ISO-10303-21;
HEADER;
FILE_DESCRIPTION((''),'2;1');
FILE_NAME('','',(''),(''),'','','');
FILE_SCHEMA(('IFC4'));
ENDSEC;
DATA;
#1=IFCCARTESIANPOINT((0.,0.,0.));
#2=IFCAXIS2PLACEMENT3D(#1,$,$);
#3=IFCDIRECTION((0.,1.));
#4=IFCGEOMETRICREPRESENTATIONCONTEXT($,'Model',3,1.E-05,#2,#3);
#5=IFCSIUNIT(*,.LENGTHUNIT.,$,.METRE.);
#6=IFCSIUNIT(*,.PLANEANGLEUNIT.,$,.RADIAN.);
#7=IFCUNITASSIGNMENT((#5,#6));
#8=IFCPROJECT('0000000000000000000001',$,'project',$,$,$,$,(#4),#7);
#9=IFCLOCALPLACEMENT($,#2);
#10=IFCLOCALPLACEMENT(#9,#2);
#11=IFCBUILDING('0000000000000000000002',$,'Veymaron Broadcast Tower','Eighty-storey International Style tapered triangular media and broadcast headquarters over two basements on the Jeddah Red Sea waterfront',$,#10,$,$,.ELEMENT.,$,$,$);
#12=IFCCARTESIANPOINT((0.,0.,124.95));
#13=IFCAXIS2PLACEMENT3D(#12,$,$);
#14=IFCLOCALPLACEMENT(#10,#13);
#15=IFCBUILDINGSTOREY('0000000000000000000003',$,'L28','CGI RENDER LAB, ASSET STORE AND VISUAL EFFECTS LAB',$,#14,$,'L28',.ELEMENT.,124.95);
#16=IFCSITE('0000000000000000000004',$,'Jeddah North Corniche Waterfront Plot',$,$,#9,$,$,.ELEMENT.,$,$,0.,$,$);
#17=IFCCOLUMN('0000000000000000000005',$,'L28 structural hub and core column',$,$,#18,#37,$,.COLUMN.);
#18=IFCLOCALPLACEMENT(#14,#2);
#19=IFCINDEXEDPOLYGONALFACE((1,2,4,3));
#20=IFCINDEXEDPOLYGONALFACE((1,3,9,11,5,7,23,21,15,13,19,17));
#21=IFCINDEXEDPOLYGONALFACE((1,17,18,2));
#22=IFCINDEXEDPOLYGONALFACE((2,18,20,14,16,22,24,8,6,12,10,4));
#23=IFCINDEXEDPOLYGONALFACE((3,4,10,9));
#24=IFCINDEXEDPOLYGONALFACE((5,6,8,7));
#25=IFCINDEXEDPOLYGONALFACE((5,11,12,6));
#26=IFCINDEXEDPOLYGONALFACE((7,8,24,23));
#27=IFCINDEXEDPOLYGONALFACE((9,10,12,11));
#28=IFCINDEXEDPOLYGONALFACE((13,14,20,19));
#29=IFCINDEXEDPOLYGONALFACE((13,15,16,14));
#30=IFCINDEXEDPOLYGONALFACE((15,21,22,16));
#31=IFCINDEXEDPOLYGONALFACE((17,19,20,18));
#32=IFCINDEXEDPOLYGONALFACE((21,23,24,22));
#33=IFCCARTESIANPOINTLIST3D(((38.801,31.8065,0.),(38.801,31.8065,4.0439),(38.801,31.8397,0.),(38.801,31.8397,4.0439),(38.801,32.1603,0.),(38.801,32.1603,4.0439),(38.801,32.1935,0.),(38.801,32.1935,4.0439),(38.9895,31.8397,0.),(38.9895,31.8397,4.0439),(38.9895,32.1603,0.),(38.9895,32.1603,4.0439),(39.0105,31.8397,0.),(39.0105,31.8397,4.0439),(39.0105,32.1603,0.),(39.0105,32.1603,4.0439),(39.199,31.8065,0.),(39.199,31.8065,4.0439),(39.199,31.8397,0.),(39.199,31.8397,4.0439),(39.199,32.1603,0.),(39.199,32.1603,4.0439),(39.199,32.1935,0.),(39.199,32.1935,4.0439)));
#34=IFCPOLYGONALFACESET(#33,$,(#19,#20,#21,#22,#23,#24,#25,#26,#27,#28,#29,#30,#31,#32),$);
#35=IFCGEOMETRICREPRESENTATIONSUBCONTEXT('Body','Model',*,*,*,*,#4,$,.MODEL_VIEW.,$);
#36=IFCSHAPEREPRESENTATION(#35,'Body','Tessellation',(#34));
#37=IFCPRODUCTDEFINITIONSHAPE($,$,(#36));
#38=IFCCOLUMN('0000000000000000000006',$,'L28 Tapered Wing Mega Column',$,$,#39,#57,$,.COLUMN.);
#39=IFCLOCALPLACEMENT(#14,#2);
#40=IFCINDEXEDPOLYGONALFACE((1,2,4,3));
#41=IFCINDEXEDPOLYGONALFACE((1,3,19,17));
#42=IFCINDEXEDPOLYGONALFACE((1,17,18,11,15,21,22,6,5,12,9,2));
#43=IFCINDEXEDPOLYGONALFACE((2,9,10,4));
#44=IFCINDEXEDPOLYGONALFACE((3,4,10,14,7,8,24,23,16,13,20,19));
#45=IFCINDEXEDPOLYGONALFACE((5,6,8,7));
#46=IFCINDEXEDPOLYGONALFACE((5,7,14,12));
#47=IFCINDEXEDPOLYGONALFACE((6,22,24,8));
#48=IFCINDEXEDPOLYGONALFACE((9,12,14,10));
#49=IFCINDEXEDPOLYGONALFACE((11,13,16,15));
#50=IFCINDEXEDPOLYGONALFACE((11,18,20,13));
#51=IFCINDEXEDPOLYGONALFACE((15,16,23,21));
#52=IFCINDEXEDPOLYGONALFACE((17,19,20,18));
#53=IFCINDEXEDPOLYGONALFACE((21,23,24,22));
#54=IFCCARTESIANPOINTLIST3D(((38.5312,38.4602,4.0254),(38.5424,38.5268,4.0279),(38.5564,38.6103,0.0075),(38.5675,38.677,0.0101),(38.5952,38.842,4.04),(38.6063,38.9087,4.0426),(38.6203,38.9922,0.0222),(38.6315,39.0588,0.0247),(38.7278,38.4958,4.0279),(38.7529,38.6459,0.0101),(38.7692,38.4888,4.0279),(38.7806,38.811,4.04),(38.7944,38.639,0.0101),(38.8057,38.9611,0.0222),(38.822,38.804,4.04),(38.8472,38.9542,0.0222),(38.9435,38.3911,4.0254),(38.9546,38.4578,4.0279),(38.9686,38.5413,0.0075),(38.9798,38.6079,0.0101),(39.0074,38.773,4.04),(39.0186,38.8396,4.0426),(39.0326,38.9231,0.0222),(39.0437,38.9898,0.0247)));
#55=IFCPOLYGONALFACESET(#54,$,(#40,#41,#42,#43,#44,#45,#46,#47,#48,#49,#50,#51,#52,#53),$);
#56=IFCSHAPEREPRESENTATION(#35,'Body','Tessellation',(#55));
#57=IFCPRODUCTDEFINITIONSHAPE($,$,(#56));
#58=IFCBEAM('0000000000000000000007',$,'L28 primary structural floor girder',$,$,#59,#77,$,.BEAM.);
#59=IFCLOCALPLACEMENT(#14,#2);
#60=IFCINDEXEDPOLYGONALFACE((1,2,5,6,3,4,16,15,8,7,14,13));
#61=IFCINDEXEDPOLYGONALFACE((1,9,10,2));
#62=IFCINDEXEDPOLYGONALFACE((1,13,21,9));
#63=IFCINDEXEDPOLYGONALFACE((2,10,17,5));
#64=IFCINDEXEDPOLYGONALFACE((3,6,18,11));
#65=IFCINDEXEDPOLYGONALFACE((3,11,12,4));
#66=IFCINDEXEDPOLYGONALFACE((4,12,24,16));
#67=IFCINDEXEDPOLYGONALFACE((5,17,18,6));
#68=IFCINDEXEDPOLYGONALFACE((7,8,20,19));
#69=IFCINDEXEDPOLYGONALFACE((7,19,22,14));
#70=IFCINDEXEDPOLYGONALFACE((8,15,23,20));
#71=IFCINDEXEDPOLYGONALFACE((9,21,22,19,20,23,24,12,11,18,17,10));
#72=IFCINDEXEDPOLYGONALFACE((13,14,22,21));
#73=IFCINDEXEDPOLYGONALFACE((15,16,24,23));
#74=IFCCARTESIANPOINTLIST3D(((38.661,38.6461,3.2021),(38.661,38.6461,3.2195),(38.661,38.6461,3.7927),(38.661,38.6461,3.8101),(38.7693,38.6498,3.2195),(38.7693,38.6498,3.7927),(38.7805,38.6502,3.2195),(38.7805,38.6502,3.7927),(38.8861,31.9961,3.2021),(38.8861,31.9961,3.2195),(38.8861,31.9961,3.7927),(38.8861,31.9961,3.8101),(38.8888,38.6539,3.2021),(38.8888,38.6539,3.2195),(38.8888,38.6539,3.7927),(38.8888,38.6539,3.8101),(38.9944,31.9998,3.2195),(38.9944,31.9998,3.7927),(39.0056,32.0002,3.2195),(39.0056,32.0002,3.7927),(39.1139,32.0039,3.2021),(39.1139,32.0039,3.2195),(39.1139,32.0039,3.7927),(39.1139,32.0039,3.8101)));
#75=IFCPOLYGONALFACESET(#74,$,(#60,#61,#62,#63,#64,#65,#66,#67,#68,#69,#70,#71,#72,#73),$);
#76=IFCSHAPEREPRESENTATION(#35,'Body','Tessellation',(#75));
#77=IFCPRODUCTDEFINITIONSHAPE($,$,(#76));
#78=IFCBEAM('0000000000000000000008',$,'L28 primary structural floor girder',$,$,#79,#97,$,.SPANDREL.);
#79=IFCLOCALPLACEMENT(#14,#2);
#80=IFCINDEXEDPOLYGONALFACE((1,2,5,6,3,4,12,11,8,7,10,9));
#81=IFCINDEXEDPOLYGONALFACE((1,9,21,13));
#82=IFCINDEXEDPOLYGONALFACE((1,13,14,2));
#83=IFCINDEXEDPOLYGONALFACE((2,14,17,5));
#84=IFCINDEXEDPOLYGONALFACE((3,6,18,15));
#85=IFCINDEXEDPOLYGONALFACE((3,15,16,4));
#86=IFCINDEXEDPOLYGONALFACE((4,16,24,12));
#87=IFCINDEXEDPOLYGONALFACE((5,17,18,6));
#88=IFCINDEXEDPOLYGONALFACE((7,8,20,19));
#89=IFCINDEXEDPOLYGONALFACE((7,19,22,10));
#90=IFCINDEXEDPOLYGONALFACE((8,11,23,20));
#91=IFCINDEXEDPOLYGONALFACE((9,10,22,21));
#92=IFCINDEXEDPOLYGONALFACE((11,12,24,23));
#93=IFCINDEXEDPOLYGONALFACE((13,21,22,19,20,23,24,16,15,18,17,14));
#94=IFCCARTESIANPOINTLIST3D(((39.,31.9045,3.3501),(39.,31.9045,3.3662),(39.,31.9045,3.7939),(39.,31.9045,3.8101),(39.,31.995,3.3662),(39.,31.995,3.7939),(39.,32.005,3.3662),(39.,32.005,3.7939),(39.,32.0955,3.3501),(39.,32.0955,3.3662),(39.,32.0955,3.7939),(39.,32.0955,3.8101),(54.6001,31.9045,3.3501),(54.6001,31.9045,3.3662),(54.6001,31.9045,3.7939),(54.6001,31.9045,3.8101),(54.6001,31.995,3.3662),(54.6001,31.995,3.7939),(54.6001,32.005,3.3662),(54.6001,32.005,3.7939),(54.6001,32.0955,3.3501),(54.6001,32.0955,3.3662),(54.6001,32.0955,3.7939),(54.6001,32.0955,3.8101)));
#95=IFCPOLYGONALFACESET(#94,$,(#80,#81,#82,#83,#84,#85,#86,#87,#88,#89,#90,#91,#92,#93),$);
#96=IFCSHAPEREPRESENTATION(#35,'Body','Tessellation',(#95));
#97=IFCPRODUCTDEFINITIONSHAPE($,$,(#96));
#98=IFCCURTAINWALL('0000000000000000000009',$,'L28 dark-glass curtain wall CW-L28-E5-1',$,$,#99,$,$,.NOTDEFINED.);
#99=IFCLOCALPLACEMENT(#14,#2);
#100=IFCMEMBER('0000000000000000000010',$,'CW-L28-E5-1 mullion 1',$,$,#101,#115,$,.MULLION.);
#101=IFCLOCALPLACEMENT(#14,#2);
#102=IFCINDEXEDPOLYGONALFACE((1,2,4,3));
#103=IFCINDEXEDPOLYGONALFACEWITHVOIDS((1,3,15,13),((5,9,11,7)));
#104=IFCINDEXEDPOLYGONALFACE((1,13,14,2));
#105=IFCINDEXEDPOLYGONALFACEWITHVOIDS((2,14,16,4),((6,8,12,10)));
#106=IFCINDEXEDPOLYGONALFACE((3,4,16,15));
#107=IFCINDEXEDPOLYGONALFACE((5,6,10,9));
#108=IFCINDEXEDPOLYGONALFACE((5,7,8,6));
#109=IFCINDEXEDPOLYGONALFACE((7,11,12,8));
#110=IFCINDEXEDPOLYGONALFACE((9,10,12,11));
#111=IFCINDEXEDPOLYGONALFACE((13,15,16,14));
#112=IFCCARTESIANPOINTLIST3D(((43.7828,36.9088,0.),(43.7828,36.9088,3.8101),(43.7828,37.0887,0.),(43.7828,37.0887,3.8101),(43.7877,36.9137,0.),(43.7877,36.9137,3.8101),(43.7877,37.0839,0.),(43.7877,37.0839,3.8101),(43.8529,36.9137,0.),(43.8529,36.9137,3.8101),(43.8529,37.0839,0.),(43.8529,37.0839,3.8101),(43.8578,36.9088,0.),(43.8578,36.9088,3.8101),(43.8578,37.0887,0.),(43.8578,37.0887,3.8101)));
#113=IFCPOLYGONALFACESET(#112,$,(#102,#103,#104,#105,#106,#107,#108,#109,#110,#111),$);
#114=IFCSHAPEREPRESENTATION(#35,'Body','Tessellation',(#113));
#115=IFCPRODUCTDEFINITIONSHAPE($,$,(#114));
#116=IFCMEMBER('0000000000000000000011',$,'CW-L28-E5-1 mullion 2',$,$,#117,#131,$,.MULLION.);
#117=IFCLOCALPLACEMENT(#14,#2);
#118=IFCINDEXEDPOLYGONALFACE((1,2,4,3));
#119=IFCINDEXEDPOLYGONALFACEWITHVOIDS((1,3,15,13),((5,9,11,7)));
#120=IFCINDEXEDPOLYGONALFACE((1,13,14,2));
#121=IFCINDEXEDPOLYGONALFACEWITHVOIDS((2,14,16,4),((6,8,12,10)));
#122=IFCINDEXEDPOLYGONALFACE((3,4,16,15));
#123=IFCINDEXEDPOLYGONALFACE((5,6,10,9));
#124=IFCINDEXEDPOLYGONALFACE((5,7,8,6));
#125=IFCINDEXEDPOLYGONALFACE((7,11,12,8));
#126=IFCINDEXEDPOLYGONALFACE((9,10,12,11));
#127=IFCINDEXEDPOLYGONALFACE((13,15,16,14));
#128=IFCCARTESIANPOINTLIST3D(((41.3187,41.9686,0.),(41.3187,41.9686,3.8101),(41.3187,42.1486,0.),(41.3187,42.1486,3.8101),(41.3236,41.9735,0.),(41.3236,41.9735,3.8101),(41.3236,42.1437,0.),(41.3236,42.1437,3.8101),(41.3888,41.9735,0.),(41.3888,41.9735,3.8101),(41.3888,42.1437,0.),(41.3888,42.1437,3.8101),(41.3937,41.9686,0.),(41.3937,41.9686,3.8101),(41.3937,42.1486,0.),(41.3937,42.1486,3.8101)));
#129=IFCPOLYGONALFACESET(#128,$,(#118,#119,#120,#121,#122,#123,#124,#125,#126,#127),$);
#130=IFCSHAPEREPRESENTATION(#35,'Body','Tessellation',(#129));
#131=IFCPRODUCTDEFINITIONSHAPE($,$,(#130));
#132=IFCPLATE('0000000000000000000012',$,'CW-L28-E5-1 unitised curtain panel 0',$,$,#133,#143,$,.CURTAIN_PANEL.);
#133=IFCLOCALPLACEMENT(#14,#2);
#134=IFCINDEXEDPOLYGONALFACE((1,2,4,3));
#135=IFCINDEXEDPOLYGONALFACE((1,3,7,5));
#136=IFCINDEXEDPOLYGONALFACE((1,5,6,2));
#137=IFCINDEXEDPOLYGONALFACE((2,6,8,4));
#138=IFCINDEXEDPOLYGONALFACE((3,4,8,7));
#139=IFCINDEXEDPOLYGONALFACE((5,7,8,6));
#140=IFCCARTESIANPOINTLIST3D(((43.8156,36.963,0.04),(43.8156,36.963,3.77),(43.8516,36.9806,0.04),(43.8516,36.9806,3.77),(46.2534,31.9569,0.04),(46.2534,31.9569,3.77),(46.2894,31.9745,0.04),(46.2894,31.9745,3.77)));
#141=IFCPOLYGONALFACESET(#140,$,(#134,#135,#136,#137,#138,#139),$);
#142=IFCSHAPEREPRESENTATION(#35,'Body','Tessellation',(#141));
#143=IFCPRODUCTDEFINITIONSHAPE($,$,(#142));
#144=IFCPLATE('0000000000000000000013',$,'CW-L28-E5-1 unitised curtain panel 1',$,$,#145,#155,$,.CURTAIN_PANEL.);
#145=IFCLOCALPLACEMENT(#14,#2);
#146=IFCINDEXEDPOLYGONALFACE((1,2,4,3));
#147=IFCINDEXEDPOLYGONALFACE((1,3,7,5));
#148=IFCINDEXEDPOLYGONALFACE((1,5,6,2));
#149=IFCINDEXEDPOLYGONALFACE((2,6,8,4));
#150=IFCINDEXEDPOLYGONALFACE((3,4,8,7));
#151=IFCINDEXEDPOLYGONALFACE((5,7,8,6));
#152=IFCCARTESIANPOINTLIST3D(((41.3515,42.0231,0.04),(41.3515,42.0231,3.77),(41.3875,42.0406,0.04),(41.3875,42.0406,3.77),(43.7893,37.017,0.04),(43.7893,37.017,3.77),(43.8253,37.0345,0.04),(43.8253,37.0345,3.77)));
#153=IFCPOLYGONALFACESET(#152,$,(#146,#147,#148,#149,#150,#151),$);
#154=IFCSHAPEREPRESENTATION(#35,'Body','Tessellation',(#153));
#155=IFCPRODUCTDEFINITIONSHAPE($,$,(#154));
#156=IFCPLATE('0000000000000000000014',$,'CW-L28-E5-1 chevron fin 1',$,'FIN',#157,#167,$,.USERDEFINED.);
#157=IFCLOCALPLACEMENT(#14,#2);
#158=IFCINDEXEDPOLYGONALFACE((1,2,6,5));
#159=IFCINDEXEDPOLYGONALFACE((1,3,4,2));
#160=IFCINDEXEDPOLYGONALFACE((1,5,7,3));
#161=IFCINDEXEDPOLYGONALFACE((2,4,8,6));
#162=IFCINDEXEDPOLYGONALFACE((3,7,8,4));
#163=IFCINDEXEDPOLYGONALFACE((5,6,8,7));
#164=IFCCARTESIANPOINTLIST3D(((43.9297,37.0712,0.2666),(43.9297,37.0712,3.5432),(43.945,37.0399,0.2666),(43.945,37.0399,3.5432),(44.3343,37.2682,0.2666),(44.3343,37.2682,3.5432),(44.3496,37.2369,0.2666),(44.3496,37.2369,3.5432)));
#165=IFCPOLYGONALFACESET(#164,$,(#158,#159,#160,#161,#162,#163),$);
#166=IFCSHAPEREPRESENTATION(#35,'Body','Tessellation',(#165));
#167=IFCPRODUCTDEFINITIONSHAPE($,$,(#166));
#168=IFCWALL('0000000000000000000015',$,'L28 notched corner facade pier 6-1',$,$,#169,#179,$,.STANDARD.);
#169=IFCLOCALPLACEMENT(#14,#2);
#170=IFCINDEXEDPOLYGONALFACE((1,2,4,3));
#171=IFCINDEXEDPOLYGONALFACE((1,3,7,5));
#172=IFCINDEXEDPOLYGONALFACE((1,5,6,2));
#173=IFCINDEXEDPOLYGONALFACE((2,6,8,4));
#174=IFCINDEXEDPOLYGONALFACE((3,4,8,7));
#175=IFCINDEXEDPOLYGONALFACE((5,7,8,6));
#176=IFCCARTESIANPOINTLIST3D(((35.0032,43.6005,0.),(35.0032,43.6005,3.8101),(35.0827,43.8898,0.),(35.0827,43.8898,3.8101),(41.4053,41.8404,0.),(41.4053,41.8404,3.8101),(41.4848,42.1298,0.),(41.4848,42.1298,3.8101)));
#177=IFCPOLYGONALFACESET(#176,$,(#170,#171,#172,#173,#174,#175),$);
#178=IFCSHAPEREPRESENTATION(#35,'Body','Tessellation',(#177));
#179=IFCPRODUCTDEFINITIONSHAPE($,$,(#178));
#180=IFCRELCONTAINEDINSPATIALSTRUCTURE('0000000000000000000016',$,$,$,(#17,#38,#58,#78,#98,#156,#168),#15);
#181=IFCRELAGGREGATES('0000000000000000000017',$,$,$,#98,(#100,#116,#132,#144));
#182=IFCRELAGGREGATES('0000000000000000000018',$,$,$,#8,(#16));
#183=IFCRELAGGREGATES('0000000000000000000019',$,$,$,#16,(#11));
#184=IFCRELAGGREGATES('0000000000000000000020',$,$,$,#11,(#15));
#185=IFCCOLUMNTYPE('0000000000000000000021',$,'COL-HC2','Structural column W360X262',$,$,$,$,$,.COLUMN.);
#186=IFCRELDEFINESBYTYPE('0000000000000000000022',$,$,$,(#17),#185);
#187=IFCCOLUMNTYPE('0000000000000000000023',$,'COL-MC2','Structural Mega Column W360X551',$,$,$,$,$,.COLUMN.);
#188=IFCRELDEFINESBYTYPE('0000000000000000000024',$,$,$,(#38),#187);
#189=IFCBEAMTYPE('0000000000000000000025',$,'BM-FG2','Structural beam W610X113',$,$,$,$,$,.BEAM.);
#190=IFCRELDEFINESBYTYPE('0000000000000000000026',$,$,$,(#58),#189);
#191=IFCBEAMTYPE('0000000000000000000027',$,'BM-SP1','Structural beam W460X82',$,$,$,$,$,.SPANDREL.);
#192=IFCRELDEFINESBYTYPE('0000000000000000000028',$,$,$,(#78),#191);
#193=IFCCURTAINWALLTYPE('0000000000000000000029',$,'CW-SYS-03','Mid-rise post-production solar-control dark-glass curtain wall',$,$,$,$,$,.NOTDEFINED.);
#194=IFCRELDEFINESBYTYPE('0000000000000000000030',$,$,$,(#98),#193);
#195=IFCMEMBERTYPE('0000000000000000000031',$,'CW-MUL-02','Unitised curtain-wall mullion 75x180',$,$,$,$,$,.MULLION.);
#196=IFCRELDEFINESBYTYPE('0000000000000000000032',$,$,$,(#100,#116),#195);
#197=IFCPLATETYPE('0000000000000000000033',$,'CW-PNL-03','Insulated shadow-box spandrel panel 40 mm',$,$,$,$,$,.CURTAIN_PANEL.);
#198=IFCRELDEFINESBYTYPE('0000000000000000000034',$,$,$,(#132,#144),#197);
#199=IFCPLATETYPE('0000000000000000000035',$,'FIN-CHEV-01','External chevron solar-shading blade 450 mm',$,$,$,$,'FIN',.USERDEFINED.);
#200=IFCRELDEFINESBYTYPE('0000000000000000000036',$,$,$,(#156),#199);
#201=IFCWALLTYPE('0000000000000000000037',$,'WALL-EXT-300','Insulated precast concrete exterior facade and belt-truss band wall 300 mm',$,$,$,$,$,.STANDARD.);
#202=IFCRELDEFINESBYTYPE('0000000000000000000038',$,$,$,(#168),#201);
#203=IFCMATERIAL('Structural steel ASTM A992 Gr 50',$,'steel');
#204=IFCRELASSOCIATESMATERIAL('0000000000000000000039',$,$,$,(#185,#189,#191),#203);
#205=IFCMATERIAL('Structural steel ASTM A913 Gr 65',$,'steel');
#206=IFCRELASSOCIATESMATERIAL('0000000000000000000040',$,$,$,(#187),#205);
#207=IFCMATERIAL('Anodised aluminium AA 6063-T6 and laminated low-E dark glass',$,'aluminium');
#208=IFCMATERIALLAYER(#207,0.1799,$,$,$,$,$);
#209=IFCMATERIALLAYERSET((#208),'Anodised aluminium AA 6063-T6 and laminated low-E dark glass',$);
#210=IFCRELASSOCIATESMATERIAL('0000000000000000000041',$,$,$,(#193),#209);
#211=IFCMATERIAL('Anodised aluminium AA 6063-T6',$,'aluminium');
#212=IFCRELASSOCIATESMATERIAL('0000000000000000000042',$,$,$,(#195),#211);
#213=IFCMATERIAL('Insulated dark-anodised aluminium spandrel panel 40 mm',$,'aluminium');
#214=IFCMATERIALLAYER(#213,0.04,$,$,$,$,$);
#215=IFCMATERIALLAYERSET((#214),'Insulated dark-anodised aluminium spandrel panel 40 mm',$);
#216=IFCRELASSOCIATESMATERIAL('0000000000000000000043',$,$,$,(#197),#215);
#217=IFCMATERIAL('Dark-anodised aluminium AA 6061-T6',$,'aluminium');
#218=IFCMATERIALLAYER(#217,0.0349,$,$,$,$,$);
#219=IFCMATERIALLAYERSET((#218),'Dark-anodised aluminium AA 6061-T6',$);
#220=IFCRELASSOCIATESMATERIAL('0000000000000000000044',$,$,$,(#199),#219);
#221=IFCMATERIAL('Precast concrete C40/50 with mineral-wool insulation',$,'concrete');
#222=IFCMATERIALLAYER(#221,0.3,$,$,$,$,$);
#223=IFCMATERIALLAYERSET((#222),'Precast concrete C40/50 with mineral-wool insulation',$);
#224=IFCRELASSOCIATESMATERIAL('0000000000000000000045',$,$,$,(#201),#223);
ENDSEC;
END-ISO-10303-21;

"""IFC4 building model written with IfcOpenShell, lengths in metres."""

from ifc_helpers import new_model, si_unit, direction, frame, frame_2d, origin, origin_2d, place, context, subcontext, project, spatial, rectangle, hollow_rectangle, i_section, extrude, material, layer, layer_set, material_profile, profile_set, type_object, element, aggregate, save


model = new_model("IFC4")

# Units and contexts
model_context = context("Model", 3, precision=1e-05, world=origin(), true_north=direction((0.0, 1.0)))
body_context = subcontext(model_context, "Body", "Model", "MODEL_VIEW")
ifc_project = project(units=[si_unit("LENGTHUNIT", "METRE"), si_unit("PLANEANGLEUNIT", "RADIAN")], contexts=[model_context])

# Site, building, storey
site_placement = place(None, origin())
site = spatial("IfcSite", under=ifc_project, at=site_placement, Name="Jeddah North Corniche Waterfront Plot", CompositionType="ELEMENT", RefElevation=0.0)
building_placement = place(site_placement, origin())
building = spatial("IfcBuilding", under=site, at=building_placement, Name="Veymaron Broadcast Tower", Description="Eighty-storey International Style tapered triangular media and broadcast headquarters over two basements on the Jeddah Red Sea waterfront", CompositionType="ELEMENT")
storey_placement = place(building_placement, frame((0.0, 0.0, 124.95)))
storey = spatial("IfcBuildingStorey", under=building, at=storey_placement, Name="L28", Description="CGI RENDER LAB, ASSET STORE AND VISUAL EFFECTS LAB", LongName="L28", CompositionType="ELEMENT", Elevation=124.95)

# Columns
ifc_material_1 = material(Name="Structural steel ASTM A992 Gr 50", Category="steel")
ifc_material_profile_1 = material_profile(ifc_material_1, i_section(OverallWidth=0.3979, OverallDepth=0.387, WebThickness=0.021, FlangeThickness=0.0332, at=origin_2d()), Name="W360X262")
ifc_profile_set_1 = profile_set([ifc_material_profile_1], Name="Structural steel ASTM A992 Gr 50")
column_type_1 = type_object("IfcColumnType", Name="COL-HC2", Description="Structural column W360X262", PredefinedType="COLUMN", material=ifc_profile_set_1)
column_1_placement = place(storey_placement, frame((39.0, 32.0, 0.0), z_axis=(0.0, 0.0, 1.0), x_axis=(1.0, 0.0, 0.0)))
element("IfcColumn", 1, at=column_1_placement, inside=storey, type_object=column_type_1, Name="L28 structural hub and core column", PredefinedType="COLUMN", context=body_context, shape_type="SweptSolid", body=[
    extrude(i_section(OverallWidth=0.3979, OverallDepth=0.387, WebThickness=0.021, FlangeThickness=0.0332, at=origin_2d()), origin(), (0.0, 0.0, 1.0), 4.0439),
])
ifc_material_2 = material(Name="Structural steel ASTM A913 Gr 65", Category="steel")
ifc_material_profile_2 = material_profile(ifc_material_2, i_section(OverallWidth=0.418, OverallDepth=0.4551, WebThickness=0.042, FlangeThickness=0.0676, at=origin_2d()), Name="W360X551")
ifc_profile_set_2 = profile_set([ifc_material_profile_2], Name="Structural steel ASTM A913 Gr 65")
column_type_2 = type_object("IfcColumnType", Name="COL-MC2", Description="Structural Mega Column W360X551", PredefinedType="COLUMN", material=ifc_profile_set_2)
column_2_placement = place(storey_placement, frame((38.8, 38.8, 0.0161), z_axis=(-0.006254, -0.037343, 0.999283), x_axis=(0.986264, -0.165179, 0.0)))
element("IfcColumn", 2, at=column_2_placement, inside=storey, type_object=column_type_2, Name="L28 Tapered Wing Mega Column", PredefinedType="COLUMN", context=body_context, shape_type="SweptSolid", body=[
    extrude(i_section(OverallWidth=0.418, OverallDepth=0.4551, WebThickness=0.042, FlangeThickness=0.0676, at=origin_2d()), origin(), (0.0, 0.0, 1.0), 4.0208),
])

# Beams
ifc_material_profile_3 = material_profile(ifc_material_1, i_section(OverallWidth=0.228, OverallDepth=0.6079, WebThickness=0.0112, FlangeThickness=0.0173, at=origin_2d()), Name="W610X113")
ifc_profile_set_3 = profile_set([ifc_material_profile_3], Name="Structural steel ASTM A992 Gr 50")
beam_type_1 = type_object("IfcBeamType", Name="BM-FG2", Description="Structural beam W610X113", PredefinedType="BEAM", material=ifc_profile_set_3)
beam_1_placement = place(storey_placement, frame((39.0, 32.0, 3.5061), z_axis=(-0.03383, 0.999428, 0.0), x_axis=(-0.999428, -0.03383, 0.0)))
element("IfcBeam", 3, at=beam_1_placement, inside=storey, type_object=beam_type_1, Name="L28 primary structural floor girder", PredefinedType="BEAM", context=body_context, shape_type="SweptSolid", body=[
    extrude(i_section(OverallWidth=0.228, OverallDepth=0.6079, WebThickness=0.0112, FlangeThickness=0.0173, at=origin_2d()), origin(), (0.0, 0.0, 1.0), 6.6538),
])
ifc_material_profile_4 = material_profile(ifc_material_1, i_section(OverallWidth=0.1909, OverallDepth=0.46, WebThickness=0.01, FlangeThickness=0.0161, at=origin_2d()), Name="W460X82")
ifc_profile_set_4 = profile_set([ifc_material_profile_4], Name="Structural steel ASTM A992 Gr 50")
beam_type_2 = type_object("IfcBeamType", Name="BM-SP1", Description="Structural beam W460X82", PredefinedType="SPANDREL", material=ifc_profile_set_4)
beam_2_placement = place(storey_placement, frame((39.0, 32.0, 3.5801), z_axis=(1.0, 0.0, 0.0), x_axis=(0.0, 1.0, 0.0)))
element("IfcBeam", 4, at=beam_2_placement, inside=storey, type_object=beam_type_2, Name="L28 primary structural floor girder", PredefinedType="SPANDREL", context=body_context, shape_type="SweptSolid", body=[
    extrude(i_section(OverallWidth=0.1909, OverallDepth=0.46, WebThickness=0.01, FlangeThickness=0.0161, at=origin_2d()), origin(), (0.0, 0.0, 1.0), 15.6001),
])

# Curtain wall, members, plates
ifc_material_3 = material(Name="Anodised aluminium AA 6063-T6 and laminated low-E dark glass", Category="aluminium")
ifc_layer_1 = layer(ifc_material_3, 0.1799)
ifc_layer_set_1 = layer_set([ifc_layer_1], Name="Anodised aluminium AA 6063-T6 and laminated low-E dark glass")
curtain_wall_type = type_object("IfcCurtainWallType", Name="CW-SYS-03", Description="Mid-rise post-production solar-control dark-glass curtain wall", PredefinedType="NOTDEFINED", material=ifc_layer_set_1)
curtain_wall_placement = place(storey_placement, origin())
curtain_wall = element("IfcCurtainWall", 5, at=curtain_wall_placement, inside=storey, type_object=curtain_wall_type, Name="L28 dark-glass curtain wall CW-L28-E5-1", PredefinedType="NOTDEFINED")
ifc_material_4 = material(Name="Anodised aluminium AA 6063-T6", Category="aluminium")
ifc_material_profile_5 = material_profile(ifc_material_4, hollow_rectangle(XDim=0.075, YDim=0.1799, WallThickness=0.0049, at=origin_2d()), Name="AL180X75X5")
ifc_profile_set_5 = profile_set([ifc_material_profile_5], Name="Anodised aluminium AA 6063-T6")
member_type = type_object("IfcMemberType", Name="CW-MUL-02", Description="Unitised curtain-wall mullion 75x180", PredefinedType="MULLION", material=ifc_profile_set_5)
member_1_placement = place(storey_placement, frame((43.8203, 36.9988, 0.0), z_axis=(0.0, 0.0, 1.0), x_axis=(1.0, 0.0, 0.0)))
member_1 = element("IfcMember", 6, at=member_1_placement, type_object=member_type, Name="CW-L28-E5-1 mullion 1", PredefinedType="MULLION", context=body_context, shape_type="SweptSolid", body=[
    extrude(hollow_rectangle(XDim=0.075, YDim=0.1799, WallThickness=0.0049, at=origin_2d()), origin(), (0.0, 0.0, 1.0), 3.8101),
])
member_2_placement = place(storey_placement, frame((41.3562, 42.0586, 0.0), z_axis=(0.0, 0.0, 1.0), x_axis=(1.0, 0.0, 0.0)))
member_2 = element("IfcMember", 7, at=member_2_placement, type_object=member_type, Name="CW-L28-E5-1 mullion 2", PredefinedType="MULLION", context=body_context, shape_type="SweptSolid", body=[
    extrude(hollow_rectangle(XDim=0.075, YDim=0.1799, WallThickness=0.0049, at=origin_2d()), origin(), (0.0, 0.0, 1.0), 3.8101),
])
ifc_material_5 = material(Name="Insulated dark-anodised aluminium spandrel panel 40 mm", Category="aluminium")
ifc_layer_2 = layer(ifc_material_5, 0.04)
ifc_layer_set_2 = layer_set([ifc_layer_2], Name="Insulated dark-anodised aluminium spandrel panel 40 mm")
plate_type_1 = type_object("IfcPlateType", Name="CW-PNL-03", Description="Insulated shadow-box spandrel panel 40 mm", PredefinedType="CURTAIN_PANEL", material=ifc_layer_set_2)
plate_1_placement = place(storey_placement, frame((45.0525, 34.4688, 0.04), z_axis=(0.0, 0.0, 1.0), x_axis=(-0.437822, 0.899062, 0.0)))
plate_1 = element("IfcPlate", 8, at=plate_1_placement, type_object=plate_type_1, Name="CW-L28-E5-1 unitised curtain panel 0", PredefinedType="CURTAIN_PANEL", context=body_context, shape_type="SweptSolid", body=[
    extrude(rectangle(XDim=5.5681, YDim=0.04, at=origin_2d()), origin(), (0.0, 0.0, 1.0), 3.73),
])
plate_2_placement = place(storey_placement, frame((42.5884, 39.5288, 0.04), z_axis=(0.0, 0.0, 1.0), x_axis=(-0.437822, 0.899062, 0.0)))
plate_2 = element("IfcPlate", 9, at=plate_2_placement, type_object=plate_type_1, Name="CW-L28-E5-1 unitised curtain panel 1", PredefinedType="CURTAIN_PANEL", context=body_context, shape_type="SweptSolid", body=[
    extrude(rectangle(XDim=5.5681, YDim=0.04, at=origin_2d()), origin(), (0.0, 0.0, 1.0), 3.73),
])
aggregate(curtain_wall, [member_1, member_2, plate_1, plate_2])

# Plate
ifc_material_6 = material(Name="Dark-anodised aluminium AA 6061-T6", Category="aluminium")
ifc_layer_3 = layer(ifc_material_6, 0.0349)
ifc_layer_set_3 = layer_set([ifc_layer_3], Name="Dark-anodised aluminium AA 6061-T6")
plate_type_2 = type_object("IfcPlateType", Name="FIN-CHEV-01", Description="External chevron solar-shading blade 450 mm", ElementType="FIN", PredefinedType="USERDEFINED", material=ifc_layer_set_3)
plate_3_placement = place(storey_placement, frame((44.1396, 37.1541, 0.2666), z_axis=(0.0, 0.0, 1.0), x_axis=(0.899062, 0.437822, 0.0)))
element("IfcPlate", 10, at=plate_3_placement, inside=storey, type_object=plate_type_2, Name="CW-L28-E5-1 chevron fin 1", ObjectType="FIN", PredefinedType="USERDEFINED", context=body_context, shape_type="SweptSolid", body=[
    extrude(rectangle(XDim=0.45, YDim=0.0349, at=origin_2d()), origin(), (0.0, 0.0, 1.0), 3.2766),
])

# Wall
ifc_material_7 = material(Name="Precast concrete C40/50 with mineral-wool insulation", Category="concrete")
ifc_layer_4 = layer(ifc_material_7, 0.3)
ifc_layer_set_4 = layer_set([ifc_layer_4], Name="Precast concrete C40/50 with mineral-wool insulation")
wall_type_1 = type_object("IfcWallType", Name="WALL-EXT-300", Description="Insulated precast concrete exterior facade and belt-truss band wall 300 mm", PredefinedType="STANDARD", material=ifc_layer_set_4)
wall_1_placement = place(storey_placement, frame((41.4451, 41.9851, 0.0), z_axis=(0.0, 0.0, 1.0), x_axis=(-0.964227, 0.265077, 0.0)))
element("IfcWall", 11, at=wall_1_placement, inside=storey, type_object=wall_type_1, Name="L28 notched corner facade pier 6-1", PredefinedType="STANDARD", context=body_context, shape_type="SweptSolid", body=[
    extrude(rectangle(XDim=6.6396, YDim=0.3, at=frame_2d((3.3198, 0.0))), origin(), (0.0, 0.0, 1.0), 3.8101),
])

save(model, "model.ifc")
